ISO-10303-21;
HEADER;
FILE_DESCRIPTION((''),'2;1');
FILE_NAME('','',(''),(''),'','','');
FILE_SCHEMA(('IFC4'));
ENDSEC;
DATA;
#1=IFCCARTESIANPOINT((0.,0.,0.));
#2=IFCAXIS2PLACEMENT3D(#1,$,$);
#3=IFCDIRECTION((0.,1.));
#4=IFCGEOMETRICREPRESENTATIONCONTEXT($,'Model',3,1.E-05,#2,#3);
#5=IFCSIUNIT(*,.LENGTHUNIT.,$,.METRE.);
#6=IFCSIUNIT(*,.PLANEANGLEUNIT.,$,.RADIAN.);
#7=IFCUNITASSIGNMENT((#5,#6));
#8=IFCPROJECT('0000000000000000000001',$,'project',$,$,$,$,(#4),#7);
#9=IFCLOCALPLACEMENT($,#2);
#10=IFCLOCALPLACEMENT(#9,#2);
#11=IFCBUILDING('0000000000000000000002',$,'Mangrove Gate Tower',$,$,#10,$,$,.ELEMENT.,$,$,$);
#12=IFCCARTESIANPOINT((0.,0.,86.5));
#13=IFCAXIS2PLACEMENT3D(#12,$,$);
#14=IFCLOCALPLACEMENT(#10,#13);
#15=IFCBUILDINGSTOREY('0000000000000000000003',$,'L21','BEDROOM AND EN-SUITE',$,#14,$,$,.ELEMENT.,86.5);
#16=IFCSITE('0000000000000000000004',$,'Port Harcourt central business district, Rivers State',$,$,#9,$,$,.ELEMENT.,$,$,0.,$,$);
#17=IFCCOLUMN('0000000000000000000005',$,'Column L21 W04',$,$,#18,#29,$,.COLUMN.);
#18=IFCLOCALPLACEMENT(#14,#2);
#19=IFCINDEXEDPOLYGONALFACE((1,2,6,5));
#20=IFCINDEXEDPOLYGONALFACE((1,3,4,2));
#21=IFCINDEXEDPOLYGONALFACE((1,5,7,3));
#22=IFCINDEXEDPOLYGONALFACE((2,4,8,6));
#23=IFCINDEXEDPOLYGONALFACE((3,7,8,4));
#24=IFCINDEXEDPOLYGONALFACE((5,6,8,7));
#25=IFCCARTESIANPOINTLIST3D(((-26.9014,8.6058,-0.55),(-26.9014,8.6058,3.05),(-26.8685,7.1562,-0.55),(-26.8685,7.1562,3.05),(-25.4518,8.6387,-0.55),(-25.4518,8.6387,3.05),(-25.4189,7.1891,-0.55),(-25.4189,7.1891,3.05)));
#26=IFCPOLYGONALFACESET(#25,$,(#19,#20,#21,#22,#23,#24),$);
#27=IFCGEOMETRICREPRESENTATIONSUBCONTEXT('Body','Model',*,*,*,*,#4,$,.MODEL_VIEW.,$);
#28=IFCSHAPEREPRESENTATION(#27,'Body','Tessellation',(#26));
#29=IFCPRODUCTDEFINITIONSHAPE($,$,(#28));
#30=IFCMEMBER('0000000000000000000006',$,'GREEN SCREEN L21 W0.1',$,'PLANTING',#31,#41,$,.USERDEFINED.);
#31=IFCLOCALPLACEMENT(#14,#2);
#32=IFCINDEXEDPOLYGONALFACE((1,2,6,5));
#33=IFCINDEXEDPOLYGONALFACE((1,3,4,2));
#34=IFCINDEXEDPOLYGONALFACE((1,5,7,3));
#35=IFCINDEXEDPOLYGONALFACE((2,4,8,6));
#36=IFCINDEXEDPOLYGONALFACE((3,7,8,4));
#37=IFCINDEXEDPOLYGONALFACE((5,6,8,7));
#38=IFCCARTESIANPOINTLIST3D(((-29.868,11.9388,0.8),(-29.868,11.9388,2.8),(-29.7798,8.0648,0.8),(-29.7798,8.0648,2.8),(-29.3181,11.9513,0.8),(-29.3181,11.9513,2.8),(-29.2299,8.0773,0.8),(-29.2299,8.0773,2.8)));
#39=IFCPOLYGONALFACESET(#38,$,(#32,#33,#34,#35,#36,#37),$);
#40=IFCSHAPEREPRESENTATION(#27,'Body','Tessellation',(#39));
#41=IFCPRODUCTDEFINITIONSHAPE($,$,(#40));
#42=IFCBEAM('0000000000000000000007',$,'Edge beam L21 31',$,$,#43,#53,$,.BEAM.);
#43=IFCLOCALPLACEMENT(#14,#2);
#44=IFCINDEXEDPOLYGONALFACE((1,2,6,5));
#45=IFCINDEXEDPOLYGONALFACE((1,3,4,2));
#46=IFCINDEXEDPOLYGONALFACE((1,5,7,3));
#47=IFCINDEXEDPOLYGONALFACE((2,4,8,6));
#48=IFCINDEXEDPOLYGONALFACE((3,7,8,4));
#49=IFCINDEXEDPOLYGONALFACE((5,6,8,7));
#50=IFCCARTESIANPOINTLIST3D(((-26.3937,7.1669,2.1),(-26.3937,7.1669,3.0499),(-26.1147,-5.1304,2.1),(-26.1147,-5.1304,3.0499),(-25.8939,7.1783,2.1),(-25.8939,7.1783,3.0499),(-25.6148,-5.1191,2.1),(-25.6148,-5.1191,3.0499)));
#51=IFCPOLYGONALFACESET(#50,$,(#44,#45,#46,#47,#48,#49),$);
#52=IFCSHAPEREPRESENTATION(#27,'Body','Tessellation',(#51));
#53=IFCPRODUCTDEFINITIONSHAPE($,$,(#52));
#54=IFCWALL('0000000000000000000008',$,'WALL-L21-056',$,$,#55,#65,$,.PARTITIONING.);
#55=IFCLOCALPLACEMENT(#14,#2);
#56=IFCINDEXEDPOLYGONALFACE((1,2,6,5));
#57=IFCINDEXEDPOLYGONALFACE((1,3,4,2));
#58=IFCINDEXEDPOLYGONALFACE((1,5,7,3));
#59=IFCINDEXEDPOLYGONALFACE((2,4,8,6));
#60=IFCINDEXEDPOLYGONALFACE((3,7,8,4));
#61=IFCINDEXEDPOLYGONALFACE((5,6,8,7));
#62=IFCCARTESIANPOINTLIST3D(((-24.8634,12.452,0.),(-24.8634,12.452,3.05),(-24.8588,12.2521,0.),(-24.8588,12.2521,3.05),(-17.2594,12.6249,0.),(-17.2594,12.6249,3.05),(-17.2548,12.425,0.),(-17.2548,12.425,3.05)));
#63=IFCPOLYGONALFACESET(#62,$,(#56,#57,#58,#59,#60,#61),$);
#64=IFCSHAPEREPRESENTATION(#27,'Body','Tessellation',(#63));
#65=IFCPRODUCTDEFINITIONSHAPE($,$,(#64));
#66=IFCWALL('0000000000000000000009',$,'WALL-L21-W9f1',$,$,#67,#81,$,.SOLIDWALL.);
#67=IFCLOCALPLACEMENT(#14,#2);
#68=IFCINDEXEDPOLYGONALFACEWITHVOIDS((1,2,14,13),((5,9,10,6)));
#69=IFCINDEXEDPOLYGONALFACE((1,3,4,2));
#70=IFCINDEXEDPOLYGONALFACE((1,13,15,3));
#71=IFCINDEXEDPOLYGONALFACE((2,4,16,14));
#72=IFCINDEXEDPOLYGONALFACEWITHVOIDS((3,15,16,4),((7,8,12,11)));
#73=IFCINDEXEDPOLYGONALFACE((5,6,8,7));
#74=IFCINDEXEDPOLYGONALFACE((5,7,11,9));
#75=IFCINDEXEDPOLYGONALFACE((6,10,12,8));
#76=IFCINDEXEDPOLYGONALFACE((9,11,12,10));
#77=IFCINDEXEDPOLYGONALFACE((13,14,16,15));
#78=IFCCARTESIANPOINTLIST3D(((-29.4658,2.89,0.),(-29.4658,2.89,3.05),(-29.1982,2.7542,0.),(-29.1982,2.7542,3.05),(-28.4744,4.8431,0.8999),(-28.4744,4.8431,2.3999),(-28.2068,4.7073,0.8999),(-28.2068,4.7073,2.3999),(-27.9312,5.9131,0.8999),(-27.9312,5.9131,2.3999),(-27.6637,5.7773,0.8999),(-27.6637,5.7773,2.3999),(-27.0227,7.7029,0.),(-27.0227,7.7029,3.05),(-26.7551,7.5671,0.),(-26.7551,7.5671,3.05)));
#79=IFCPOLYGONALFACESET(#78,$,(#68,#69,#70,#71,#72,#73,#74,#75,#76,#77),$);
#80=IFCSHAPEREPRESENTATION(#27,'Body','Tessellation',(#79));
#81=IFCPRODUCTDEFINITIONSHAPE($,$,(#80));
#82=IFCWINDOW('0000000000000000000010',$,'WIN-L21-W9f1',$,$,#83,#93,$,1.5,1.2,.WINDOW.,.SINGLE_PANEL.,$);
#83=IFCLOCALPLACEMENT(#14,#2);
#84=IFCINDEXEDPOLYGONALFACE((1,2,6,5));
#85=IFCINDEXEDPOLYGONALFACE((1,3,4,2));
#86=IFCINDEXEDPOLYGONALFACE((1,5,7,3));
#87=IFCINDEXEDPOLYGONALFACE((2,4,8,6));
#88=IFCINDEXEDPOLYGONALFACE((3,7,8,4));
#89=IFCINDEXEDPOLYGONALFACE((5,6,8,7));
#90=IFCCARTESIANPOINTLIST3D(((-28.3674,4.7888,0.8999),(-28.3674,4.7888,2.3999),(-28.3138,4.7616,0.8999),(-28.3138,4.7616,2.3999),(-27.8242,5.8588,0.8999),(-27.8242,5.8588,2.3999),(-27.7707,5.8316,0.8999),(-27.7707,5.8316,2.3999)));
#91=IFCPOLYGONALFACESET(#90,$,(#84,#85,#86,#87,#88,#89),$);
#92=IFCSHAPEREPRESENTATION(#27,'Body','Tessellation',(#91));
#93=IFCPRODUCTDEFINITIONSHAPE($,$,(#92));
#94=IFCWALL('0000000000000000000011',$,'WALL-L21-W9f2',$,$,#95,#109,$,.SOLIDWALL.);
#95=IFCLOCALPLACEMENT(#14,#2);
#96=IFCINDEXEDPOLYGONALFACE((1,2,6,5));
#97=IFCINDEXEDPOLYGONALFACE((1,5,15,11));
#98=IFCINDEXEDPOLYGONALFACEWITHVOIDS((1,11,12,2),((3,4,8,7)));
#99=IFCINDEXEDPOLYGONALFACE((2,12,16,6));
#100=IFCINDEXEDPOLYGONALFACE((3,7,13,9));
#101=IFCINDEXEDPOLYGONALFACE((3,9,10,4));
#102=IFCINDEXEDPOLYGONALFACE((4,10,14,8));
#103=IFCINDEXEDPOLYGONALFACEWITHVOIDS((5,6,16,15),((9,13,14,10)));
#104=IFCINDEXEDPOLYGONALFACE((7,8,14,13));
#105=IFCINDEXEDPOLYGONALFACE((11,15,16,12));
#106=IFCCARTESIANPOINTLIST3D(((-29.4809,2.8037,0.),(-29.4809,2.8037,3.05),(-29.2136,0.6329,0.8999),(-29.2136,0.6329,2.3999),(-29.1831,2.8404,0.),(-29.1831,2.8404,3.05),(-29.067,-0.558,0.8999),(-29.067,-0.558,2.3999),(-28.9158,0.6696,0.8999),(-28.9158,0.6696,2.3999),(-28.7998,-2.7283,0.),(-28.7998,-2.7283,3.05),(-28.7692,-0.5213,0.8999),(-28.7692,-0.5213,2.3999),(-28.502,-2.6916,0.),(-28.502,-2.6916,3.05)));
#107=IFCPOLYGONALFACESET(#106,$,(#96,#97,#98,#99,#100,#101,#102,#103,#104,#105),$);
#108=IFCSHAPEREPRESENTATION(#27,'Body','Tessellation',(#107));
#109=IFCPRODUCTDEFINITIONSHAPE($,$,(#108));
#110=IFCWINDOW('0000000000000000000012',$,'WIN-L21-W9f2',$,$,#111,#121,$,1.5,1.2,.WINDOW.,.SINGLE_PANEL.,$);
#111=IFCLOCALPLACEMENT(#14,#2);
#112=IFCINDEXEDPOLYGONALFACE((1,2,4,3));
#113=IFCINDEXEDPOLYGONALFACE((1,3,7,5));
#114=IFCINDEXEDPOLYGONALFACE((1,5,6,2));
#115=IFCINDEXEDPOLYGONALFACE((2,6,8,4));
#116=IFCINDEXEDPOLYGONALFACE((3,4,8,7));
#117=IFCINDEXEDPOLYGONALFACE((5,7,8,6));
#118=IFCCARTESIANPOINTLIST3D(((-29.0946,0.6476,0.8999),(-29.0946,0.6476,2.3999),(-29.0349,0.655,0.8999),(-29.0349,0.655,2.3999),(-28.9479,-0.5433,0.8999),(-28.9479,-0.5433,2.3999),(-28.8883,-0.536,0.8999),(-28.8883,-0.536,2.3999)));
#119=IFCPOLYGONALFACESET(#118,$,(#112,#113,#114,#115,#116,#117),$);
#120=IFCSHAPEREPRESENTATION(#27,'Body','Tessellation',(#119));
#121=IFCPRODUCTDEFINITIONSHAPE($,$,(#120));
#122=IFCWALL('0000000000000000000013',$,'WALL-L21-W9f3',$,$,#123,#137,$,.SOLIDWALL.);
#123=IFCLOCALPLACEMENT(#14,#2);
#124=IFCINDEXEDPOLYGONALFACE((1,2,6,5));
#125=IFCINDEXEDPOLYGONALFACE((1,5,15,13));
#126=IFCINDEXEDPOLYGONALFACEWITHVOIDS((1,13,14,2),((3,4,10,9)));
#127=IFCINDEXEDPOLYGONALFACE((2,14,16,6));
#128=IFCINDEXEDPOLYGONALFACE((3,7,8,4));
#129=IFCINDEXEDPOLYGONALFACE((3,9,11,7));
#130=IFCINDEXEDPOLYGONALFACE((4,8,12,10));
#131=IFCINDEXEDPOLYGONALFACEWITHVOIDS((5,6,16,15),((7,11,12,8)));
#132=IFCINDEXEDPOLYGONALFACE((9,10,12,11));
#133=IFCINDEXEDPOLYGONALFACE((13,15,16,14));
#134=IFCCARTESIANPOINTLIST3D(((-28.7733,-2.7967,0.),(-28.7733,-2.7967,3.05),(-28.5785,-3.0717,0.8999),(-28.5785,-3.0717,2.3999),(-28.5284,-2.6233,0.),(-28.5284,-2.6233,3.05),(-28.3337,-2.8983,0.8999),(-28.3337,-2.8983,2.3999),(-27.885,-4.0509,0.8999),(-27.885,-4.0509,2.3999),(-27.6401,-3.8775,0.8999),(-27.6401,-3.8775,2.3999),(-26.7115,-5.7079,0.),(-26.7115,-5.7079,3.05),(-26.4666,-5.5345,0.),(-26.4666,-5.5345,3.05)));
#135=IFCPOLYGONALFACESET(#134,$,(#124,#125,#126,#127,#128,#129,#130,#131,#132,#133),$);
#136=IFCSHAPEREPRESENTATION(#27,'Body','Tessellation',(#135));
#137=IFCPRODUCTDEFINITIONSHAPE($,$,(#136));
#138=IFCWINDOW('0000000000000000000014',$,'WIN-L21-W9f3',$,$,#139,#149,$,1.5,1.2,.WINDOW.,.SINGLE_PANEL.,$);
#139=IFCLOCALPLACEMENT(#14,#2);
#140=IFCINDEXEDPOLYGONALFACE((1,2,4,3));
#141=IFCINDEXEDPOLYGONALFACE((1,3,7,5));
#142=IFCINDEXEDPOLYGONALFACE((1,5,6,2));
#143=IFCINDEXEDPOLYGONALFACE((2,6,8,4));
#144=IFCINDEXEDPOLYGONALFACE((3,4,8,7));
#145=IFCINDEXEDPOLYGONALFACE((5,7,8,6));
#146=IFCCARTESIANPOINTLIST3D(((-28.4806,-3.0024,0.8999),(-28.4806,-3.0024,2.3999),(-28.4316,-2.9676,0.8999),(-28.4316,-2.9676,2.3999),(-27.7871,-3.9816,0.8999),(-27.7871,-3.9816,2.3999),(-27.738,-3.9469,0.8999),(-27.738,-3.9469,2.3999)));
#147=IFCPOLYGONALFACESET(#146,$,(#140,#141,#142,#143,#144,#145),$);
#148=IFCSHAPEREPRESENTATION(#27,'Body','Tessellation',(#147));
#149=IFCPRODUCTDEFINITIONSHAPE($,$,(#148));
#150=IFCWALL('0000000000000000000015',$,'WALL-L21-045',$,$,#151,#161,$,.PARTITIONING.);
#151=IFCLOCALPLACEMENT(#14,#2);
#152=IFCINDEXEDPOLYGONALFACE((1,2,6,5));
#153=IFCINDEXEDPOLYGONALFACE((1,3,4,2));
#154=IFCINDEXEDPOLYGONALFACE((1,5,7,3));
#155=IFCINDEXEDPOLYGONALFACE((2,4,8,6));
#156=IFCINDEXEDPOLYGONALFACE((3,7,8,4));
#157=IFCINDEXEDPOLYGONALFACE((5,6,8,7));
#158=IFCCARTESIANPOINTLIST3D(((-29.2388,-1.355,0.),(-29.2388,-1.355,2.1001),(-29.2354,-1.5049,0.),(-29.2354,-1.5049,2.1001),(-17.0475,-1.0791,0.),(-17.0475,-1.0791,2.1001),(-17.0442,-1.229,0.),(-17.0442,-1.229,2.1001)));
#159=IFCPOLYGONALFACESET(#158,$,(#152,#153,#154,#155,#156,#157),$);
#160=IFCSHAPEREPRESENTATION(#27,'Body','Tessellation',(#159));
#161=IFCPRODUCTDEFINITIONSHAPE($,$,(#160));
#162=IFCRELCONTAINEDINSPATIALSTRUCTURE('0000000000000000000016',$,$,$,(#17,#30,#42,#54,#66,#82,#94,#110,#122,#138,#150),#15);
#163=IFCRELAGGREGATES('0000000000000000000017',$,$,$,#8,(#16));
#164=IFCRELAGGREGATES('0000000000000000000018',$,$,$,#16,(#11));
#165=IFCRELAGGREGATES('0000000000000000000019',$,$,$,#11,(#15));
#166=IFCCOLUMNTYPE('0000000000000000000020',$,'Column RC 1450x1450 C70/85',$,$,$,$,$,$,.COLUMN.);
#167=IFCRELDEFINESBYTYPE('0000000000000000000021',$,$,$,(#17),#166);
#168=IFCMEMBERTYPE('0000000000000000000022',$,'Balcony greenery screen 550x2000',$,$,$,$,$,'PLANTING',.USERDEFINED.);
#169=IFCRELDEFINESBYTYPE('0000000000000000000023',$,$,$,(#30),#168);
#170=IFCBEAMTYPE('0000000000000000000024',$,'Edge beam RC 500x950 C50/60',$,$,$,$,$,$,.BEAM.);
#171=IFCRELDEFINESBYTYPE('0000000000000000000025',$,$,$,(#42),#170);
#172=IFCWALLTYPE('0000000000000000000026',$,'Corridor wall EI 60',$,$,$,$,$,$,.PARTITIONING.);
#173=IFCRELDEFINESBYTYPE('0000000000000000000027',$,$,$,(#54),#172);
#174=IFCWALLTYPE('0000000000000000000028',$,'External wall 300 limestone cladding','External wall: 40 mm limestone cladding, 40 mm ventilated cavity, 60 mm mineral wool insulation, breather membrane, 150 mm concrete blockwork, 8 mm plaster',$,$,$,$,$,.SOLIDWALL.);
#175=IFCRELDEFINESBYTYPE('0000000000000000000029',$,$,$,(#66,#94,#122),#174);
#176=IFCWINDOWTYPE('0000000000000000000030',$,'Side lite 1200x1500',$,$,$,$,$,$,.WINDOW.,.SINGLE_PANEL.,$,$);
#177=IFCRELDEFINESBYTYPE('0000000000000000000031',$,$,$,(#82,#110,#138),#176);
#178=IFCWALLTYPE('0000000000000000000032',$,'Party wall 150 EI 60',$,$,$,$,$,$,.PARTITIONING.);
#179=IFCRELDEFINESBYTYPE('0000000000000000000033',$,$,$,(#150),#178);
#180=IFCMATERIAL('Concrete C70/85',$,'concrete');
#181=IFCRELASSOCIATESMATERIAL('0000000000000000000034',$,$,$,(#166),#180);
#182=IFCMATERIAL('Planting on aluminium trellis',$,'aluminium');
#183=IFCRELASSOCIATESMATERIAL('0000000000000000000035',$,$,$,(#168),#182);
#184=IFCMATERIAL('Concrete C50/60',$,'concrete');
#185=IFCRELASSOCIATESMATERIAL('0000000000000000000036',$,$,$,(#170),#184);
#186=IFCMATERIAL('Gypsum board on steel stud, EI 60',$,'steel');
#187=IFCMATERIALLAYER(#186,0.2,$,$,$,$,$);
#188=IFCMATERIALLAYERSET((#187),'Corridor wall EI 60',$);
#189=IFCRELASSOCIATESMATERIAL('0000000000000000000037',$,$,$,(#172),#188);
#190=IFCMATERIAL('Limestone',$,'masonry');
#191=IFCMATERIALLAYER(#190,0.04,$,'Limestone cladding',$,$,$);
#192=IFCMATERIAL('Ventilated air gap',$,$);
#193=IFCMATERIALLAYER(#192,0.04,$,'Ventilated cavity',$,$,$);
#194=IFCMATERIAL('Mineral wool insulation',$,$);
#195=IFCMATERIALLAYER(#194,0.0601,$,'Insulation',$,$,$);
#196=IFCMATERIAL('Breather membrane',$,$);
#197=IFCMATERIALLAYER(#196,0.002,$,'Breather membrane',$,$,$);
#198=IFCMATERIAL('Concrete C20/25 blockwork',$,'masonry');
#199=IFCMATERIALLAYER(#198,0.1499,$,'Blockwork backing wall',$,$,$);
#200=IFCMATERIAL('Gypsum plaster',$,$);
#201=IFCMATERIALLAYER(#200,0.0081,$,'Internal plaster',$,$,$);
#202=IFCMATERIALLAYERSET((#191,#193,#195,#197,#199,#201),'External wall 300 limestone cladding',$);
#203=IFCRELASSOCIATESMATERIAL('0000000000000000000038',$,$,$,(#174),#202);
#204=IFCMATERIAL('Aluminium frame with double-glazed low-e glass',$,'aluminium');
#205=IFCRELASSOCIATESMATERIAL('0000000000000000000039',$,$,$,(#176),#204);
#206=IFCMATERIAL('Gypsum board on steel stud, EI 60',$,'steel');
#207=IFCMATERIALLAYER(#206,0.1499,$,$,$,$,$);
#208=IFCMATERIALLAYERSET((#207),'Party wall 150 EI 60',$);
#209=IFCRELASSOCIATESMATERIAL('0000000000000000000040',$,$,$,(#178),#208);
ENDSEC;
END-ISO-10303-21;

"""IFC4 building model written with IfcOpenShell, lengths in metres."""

from ifc_helpers import new_model, si_unit, direction, frame, frame_2d, origin, origin_2d, place, context, subcontext, project, spatial, rectangle, extrude, material, layer, layer_set, material_profile, profile_set, type_object, element, fill, save


model = new_model("IFC4")

# Units and contexts
model_context = context("Model", 3, precision=1e-05, world=origin(), true_north=direction((0.0, 1.0)))
body_context = subcontext(model_context, "Body", "Model", "MODEL_VIEW")
ifc_project = project(units=[si_unit("LENGTHUNIT", "METRE"), si_unit("PLANEANGLEUNIT", "RADIAN")], contexts=[model_context])

# Site, building, storey
site_placement = place(None, origin())
site = spatial("IfcSite", under=ifc_project, at=site_placement, Name="Port Harcourt central business district, Rivers State", CompositionType="ELEMENT", RefElevation=0.0)
building_placement = place(site_placement, origin())
building = spatial("IfcBuilding", under=site, at=building_placement, Name="Mangrove Gate Tower", CompositionType="ELEMENT")
storey_placement = place(building_placement, frame((0.0, 0.0, 86.5)))
storey = spatial("IfcBuildingStorey", under=building, at=storey_placement, Name="L21", Description="BEDROOM AND EN-SUITE", CompositionType="ELEMENT", Elevation=86.5)

# Column
ifc_material_1 = material(Name="Concrete C70/85", Category="concrete")
ifc_material_profile_1 = material_profile(ifc_material_1, rectangle(XDim=1.45, YDim=1.45, at=origin_2d()))
ifc_profile_set_1 = profile_set([ifc_material_profile_1], Name="Concrete C70/85")
column_type = type_object("IfcColumnType", Name="Column RC 1450x1450 C70/85", PredefinedType="COLUMN", material=ifc_profile_set_1)
column_placement = place(storey_placement, frame((-26.1602, 7.8975, -0.55), z_axis=(0.0, 0.0, 1.0), x_axis=(0.022676, -0.999743, 0.0)))
element("IfcColumn", 1, at=column_placement, inside=storey, type_object=column_type, Name="Column L21 W04", PredefinedType="COLUMN", context=body_context, shape_type="SweptSolid", body=[
    extrude(rectangle(XDim=1.45, YDim=1.45, at=origin_2d()), origin(), (0.0, 0.0, 1.0), 3.6001),
])

# Member
ifc_material_2 = material(Name="Planting on aluminium trellis", Category="aluminium")
ifc_material_profile_2 = material_profile(ifc_material_2, rectangle(XDim=0.55, YDim=2.0, at=origin_2d()))
ifc_profile_set_2 = profile_set([ifc_material_profile_2], Name="Planting on aluminium trellis")
member_type = type_object("IfcMemberType", Name="Balcony greenery screen 550x2000", ElementType="PLANTING", PredefinedType="USERDEFINED", material=ifc_profile_set_2)
member_placement = place(storey_placement, frame((-29.5049, 8.071, 1.8), z_axis=(-0.022744, 0.999741, 0.0), x_axis=(-0.999741, -0.022744, 0.0)))
element("IfcMember", 2, at=member_placement, inside=storey, type_object=member_type, Name="GREEN SCREEN L21 W0.1", ObjectType="PLANTING", PredefinedType="USERDEFINED", context=body_context, shape_type="SweptSolid", body=[
    extrude(rectangle(XDim=0.55, YDim=2.0, at=origin_2d()), origin(), (0.0, 0.0, 1.0), 3.875),
])

# Beam
ifc_material_3 = material(Name="Concrete C50/60", Category="concrete")
ifc_material_profile_3 = material_profile(ifc_material_3, rectangle(XDim=0.5, YDim=0.95, at=origin_2d()))
ifc_profile_set_3 = profile_set([ifc_material_profile_3], Name="Concrete C50/60")
beam_type = type_object("IfcBeamType", Name="Edge beam RC 500x950 C50/60", PredefinedType="BEAM", material=ifc_profile_set_3)
beam_placement = place(storey_placement, frame((-26.1438, 7.1726, 2.575), z_axis=(0.022686, -0.999743, 0.0), x_axis=(0.999743, 0.022686, 0.0)))
element("IfcBeam", 3, at=beam_placement, inside=storey, type_object=beam_type, Name="Edge beam L21 31", PredefinedType="BEAM", context=body_context, shape_type="SweptSolid", body=[
    extrude(rectangle(XDim=0.5, YDim=0.95, at=origin_2d()), origin(), (0.0, 0.0, 1.0), 12.3005),
])

# Wall
ifc_material_4 = material(Name="Gypsum board on steel stud, EI 60", Category="steel")
ifc_layer_1 = layer(ifc_material_4, 0.2)
ifc_layer_set_1 = layer_set([ifc_layer_1], Name="Corridor wall EI 60")
wall_type_1 = type_object("IfcWallType", Name="Corridor wall EI 60", PredefinedType="PARTITIONING", material=ifc_layer_set_1)
wall_1_placement = place(storey_placement, frame((-24.8611, 12.3521, 0.0), z_axis=(0.0, 0.0, 1.0), x_axis=(0.999742, 0.022726, 0.0)))
element("IfcWall", 4, at=wall_1_placement, inside=storey, type_object=wall_type_1, Name="WALL-L21-056", PredefinedType="PARTITIONING", context=body_context, shape_type="SweptSolid", body=[
    extrude(rectangle(XDim=7.606, YDim=0.2, at=frame_2d((3.803, 0.0))), origin(), (0.0, 0.0, 1.0), 3.05),
])

# Walls, openings, windows
ifc_material_5 = material(Name="Limestone", Category="masonry")
ifc_layer_2 = layer(ifc_material_5, 0.04, Name="Limestone cladding")
ifc_material_6 = material(Name="Ventilated air gap")
ifc_layer_3 = layer(ifc_material_6, 0.04, Name="Ventilated cavity")
ifc_material_7 = material(Name="Mineral wool insulation")
ifc_layer_4 = layer(ifc_material_7, 0.0601, Name="Insulation")
ifc_material_8 = material(Name="Breather membrane")
ifc_layer_5 = layer(ifc_material_8, 0.002, Name="Breather membrane")
ifc_material_9 = material(Name="Concrete C20/25 blockwork", Category="masonry")
ifc_layer_6 = layer(ifc_material_9, 0.1499, Name="Blockwork backing wall")
ifc_material_10 = material(Name="Gypsum plaster")
ifc_layer_7 = layer(ifc_material_10, 0.0081, Name="Internal plaster")
ifc_layer_set_2 = layer_set([ifc_layer_2, ifc_layer_3, ifc_layer_4, ifc_layer_5, ifc_layer_6, ifc_layer_7], Name="External wall 300 limestone cladding")
wall_type_2 = type_object("IfcWallType", Name="External wall 300 limestone cladding", Description="External wall: 40 mm limestone cladding, 40 mm ventilated cavity, 60 mm mineral wool insulation, breather membrane, 150 mm concrete blockwork, 8 mm plaster", PredefinedType="SOLIDWALL", material=ifc_layer_set_2)
wall_2_placement = place(storey_placement, frame((-26.8889, 7.635, 0.0), z_axis=(0.0, 0.0, 1.0), x_axis=(-0.452633, -0.891697, 0.0)))
wall_2 = element("IfcWall", 5, at=wall_2_placement, inside=storey, type_object=wall_type_2, Name="WALL-L21-W9f1", PredefinedType="SOLIDWALL", context=body_context, shape_type="SweptSolid", body=[
    extrude(rectangle(XDim=5.3975, YDim=0.3, at=frame_2d((2.6987, 0.0))), origin(), (0.0, 0.0, 1.0), 3.05),
])
opening_1_placement = place(wall_2_placement, frame((2.0071, 0.0, 0.8999)))
opening_1 = element("IfcOpeningElement", 6, at=opening_1_placement, cuts=wall_2, PredefinedType="OPENING", context=body_context, shape_type="SweptSolid", body=[
    extrude(rectangle(XDim=1.2, YDim=1.5, at=frame_2d((0.6001, 0.75))), frame((0.0, 0.1599, 0.0), z_axis=(0.0, -1.0, 0.0), x_axis=(1.0, 0.0, 0.0)), (0.0, 0.0, 1.0), 0.3201),
])
ifc_material_11 = material(Name="Aluminium frame with double-glazed low-e glass", Category="aluminium")
window_type = type_object("IfcWindowType", Name="Side lite 1200x1500", PartitioningType="SINGLE_PANEL", PredefinedType="WINDOW", material=ifc_material_11)
window_1_placement = place(opening_1_placement, origin())
window_1 = element("IfcWindow", 7, at=window_1_placement, inside=storey, type_object=window_type, Name="WIN-L21-W9f1", OverallHeight=1.5, OverallWidth=1.2, PartitioningType="SINGLE_PANEL", PredefinedType="WINDOW", context=body_context, shape_type="SweptSolid", body=[
    extrude(rectangle(XDim=1.2, YDim=1.5, at=frame_2d((0.6001, 0.75))), frame((0.0, 0.03, 0.0), z_axis=(0.0, -1.0, 0.0), x_axis=(1.0, 0.0, 0.0)), (0.0, 0.0, 1.0), 0.0601),
])
fill(opening_1, window_1)
wall_3_placement = place(storey_placement, frame((-29.332, 2.822, 0.0), z_axis=(0.0, 0.0, 1.0), x_axis=(0.122207, -0.992505, 0.0)))
wall_3 = element("IfcWall", 8, at=wall_3_placement, inside=storey, type_object=wall_type_2, Name="WALL-L21-W9f2", PredefinedType="SOLIDWALL", context=body_context, shape_type="SweptSolid", body=[
    extrude(rectangle(XDim=5.5737, YDim=0.3, at=frame_2d((2.7869, 0.0))), origin(), (0.0, 0.0, 1.0), 3.05),
])
opening_2_placement = place(wall_3_placement, frame((2.187, 0.0, 0.8999)))
opening_2 = element("IfcOpeningElement", 9, at=opening_2_placement, cuts=wall_3, PredefinedType="OPENING", context=body_context, shape_type="SweptSolid", body=[
    extrude(rectangle(XDim=1.2, YDim=1.5, at=frame_2d((0.6001, 0.75))), frame((0.0, 0.1599, 0.0), z_axis=(0.0, -1.0, 0.0), x_axis=(1.0, 0.0, 0.0)), (0.0, 0.0, 1.0), 0.3201),
])
window_2_placement = place(opening_2_placement, origin())
window_2 = element("IfcWindow", 10, at=window_2_placement, inside=storey, type_object=window_type, Name="WIN-L21-W9f2", OverallHeight=1.5, OverallWidth=1.2, PartitioningType="SINGLE_PANEL", PredefinedType="WINDOW", context=body_context, shape_type="SweptSolid", body=[
    extrude(rectangle(XDim=1.2, YDim=1.5, at=frame_2d((0.6001, 0.75))), frame((0.0, 0.03, 0.0), z_axis=(0.0, -1.0, 0.0), x_axis=(1.0, 0.0, 0.0)), (0.0, 0.0, 1.0), 0.0601),
])
fill(opening_2, window_2)
wall_4_placement = place(storey_placement, frame((-28.6509, -2.71, 0.0), z_axis=(0.0, 0.0, 1.0), x_axis=(0.577964, -0.816062, 0.0)))
wall_4 = element("IfcWall", 11, at=wall_4_placement, inside=storey, type_object=wall_type_2, Name="WALL-L21-W9f3", PredefinedType="SOLIDWALL", context=body_context, shape_type="SweptSolid", body=[
    extrude(rectangle(XDim=3.5674, YDim=0.3, at=frame_2d((1.7837, 0.0))), origin(), (0.0, 0.0, 1.0), 3.05),
])
opening_3_placement = place(wall_4_placement, frame((0.3369, 0.0, 0.8999)))
opening_3 = element("IfcOpeningElement", 12, at=opening_3_placement, cuts=wall_4, PredefinedType="OPENING", context=body_context, shape_type="SweptSolid", body=[
    extrude(rectangle(XDim=1.2, YDim=1.5, at=frame_2d((0.6001, 0.75))), frame((0.0, 0.1599, 0.0), z_axis=(0.0, -1.0, 0.0), x_axis=(1.0, 0.0, 0.0)), (0.0, 0.0, 1.0), 0.3201),
])
window_3_placement = place(opening_3_placement, origin())
window_3 = element("IfcWindow", 13, at=window_3_placement, inside=storey, type_object=window_type, Name="WIN-L21-W9f3", OverallHeight=1.5, OverallWidth=1.2, PartitioningType="SINGLE_PANEL", PredefinedType="WINDOW", context=body_context, shape_type="SweptSolid", body=[
    extrude(rectangle(XDim=1.2, YDim=1.5, at=frame_2d((0.6001, 0.75))), frame((0.0, 0.03, 0.0), z_axis=(0.0, -1.0, 0.0), x_axis=(1.0, 0.0, 0.0)), (0.0, 0.0, 1.0), 0.0601),
])
fill(opening_3, window_3)

# Wall
ifc_material_12 = material(Name="Gypsum board on steel stud, EI 60", Category="steel")
ifc_layer_8 = layer(ifc_material_12, 0.1499)
ifc_layer_set_3 = layer_set([ifc_layer_8], Name="Party wall 150 EI 60")
wall_type_3 = type_object("IfcWallType", Name="Party wall 150 EI 60", PredefinedType="PARTITIONING", material=ifc_layer_set_3)
wall_5_placement = place(storey_placement, frame((-29.2371, -1.4299, 0.0), z_axis=(0.0, 0.0, 1.0), x_axis=(0.999744, 0.022624, 0.0)))
element("IfcWall", 14, at=wall_5_placement, inside=storey, type_object=wall_type_3, Name="WALL-L21-045", PredefinedType="PARTITIONING", context=body_context, shape_type="SweptSolid", body=[
    extrude(rectangle(XDim=12.1943, YDim=0.1499, at=frame_2d((6.0972, 0.0))), origin(), (0.0, 0.0, 1.0), 2.1001),
])

save(model, "model.ifc")
